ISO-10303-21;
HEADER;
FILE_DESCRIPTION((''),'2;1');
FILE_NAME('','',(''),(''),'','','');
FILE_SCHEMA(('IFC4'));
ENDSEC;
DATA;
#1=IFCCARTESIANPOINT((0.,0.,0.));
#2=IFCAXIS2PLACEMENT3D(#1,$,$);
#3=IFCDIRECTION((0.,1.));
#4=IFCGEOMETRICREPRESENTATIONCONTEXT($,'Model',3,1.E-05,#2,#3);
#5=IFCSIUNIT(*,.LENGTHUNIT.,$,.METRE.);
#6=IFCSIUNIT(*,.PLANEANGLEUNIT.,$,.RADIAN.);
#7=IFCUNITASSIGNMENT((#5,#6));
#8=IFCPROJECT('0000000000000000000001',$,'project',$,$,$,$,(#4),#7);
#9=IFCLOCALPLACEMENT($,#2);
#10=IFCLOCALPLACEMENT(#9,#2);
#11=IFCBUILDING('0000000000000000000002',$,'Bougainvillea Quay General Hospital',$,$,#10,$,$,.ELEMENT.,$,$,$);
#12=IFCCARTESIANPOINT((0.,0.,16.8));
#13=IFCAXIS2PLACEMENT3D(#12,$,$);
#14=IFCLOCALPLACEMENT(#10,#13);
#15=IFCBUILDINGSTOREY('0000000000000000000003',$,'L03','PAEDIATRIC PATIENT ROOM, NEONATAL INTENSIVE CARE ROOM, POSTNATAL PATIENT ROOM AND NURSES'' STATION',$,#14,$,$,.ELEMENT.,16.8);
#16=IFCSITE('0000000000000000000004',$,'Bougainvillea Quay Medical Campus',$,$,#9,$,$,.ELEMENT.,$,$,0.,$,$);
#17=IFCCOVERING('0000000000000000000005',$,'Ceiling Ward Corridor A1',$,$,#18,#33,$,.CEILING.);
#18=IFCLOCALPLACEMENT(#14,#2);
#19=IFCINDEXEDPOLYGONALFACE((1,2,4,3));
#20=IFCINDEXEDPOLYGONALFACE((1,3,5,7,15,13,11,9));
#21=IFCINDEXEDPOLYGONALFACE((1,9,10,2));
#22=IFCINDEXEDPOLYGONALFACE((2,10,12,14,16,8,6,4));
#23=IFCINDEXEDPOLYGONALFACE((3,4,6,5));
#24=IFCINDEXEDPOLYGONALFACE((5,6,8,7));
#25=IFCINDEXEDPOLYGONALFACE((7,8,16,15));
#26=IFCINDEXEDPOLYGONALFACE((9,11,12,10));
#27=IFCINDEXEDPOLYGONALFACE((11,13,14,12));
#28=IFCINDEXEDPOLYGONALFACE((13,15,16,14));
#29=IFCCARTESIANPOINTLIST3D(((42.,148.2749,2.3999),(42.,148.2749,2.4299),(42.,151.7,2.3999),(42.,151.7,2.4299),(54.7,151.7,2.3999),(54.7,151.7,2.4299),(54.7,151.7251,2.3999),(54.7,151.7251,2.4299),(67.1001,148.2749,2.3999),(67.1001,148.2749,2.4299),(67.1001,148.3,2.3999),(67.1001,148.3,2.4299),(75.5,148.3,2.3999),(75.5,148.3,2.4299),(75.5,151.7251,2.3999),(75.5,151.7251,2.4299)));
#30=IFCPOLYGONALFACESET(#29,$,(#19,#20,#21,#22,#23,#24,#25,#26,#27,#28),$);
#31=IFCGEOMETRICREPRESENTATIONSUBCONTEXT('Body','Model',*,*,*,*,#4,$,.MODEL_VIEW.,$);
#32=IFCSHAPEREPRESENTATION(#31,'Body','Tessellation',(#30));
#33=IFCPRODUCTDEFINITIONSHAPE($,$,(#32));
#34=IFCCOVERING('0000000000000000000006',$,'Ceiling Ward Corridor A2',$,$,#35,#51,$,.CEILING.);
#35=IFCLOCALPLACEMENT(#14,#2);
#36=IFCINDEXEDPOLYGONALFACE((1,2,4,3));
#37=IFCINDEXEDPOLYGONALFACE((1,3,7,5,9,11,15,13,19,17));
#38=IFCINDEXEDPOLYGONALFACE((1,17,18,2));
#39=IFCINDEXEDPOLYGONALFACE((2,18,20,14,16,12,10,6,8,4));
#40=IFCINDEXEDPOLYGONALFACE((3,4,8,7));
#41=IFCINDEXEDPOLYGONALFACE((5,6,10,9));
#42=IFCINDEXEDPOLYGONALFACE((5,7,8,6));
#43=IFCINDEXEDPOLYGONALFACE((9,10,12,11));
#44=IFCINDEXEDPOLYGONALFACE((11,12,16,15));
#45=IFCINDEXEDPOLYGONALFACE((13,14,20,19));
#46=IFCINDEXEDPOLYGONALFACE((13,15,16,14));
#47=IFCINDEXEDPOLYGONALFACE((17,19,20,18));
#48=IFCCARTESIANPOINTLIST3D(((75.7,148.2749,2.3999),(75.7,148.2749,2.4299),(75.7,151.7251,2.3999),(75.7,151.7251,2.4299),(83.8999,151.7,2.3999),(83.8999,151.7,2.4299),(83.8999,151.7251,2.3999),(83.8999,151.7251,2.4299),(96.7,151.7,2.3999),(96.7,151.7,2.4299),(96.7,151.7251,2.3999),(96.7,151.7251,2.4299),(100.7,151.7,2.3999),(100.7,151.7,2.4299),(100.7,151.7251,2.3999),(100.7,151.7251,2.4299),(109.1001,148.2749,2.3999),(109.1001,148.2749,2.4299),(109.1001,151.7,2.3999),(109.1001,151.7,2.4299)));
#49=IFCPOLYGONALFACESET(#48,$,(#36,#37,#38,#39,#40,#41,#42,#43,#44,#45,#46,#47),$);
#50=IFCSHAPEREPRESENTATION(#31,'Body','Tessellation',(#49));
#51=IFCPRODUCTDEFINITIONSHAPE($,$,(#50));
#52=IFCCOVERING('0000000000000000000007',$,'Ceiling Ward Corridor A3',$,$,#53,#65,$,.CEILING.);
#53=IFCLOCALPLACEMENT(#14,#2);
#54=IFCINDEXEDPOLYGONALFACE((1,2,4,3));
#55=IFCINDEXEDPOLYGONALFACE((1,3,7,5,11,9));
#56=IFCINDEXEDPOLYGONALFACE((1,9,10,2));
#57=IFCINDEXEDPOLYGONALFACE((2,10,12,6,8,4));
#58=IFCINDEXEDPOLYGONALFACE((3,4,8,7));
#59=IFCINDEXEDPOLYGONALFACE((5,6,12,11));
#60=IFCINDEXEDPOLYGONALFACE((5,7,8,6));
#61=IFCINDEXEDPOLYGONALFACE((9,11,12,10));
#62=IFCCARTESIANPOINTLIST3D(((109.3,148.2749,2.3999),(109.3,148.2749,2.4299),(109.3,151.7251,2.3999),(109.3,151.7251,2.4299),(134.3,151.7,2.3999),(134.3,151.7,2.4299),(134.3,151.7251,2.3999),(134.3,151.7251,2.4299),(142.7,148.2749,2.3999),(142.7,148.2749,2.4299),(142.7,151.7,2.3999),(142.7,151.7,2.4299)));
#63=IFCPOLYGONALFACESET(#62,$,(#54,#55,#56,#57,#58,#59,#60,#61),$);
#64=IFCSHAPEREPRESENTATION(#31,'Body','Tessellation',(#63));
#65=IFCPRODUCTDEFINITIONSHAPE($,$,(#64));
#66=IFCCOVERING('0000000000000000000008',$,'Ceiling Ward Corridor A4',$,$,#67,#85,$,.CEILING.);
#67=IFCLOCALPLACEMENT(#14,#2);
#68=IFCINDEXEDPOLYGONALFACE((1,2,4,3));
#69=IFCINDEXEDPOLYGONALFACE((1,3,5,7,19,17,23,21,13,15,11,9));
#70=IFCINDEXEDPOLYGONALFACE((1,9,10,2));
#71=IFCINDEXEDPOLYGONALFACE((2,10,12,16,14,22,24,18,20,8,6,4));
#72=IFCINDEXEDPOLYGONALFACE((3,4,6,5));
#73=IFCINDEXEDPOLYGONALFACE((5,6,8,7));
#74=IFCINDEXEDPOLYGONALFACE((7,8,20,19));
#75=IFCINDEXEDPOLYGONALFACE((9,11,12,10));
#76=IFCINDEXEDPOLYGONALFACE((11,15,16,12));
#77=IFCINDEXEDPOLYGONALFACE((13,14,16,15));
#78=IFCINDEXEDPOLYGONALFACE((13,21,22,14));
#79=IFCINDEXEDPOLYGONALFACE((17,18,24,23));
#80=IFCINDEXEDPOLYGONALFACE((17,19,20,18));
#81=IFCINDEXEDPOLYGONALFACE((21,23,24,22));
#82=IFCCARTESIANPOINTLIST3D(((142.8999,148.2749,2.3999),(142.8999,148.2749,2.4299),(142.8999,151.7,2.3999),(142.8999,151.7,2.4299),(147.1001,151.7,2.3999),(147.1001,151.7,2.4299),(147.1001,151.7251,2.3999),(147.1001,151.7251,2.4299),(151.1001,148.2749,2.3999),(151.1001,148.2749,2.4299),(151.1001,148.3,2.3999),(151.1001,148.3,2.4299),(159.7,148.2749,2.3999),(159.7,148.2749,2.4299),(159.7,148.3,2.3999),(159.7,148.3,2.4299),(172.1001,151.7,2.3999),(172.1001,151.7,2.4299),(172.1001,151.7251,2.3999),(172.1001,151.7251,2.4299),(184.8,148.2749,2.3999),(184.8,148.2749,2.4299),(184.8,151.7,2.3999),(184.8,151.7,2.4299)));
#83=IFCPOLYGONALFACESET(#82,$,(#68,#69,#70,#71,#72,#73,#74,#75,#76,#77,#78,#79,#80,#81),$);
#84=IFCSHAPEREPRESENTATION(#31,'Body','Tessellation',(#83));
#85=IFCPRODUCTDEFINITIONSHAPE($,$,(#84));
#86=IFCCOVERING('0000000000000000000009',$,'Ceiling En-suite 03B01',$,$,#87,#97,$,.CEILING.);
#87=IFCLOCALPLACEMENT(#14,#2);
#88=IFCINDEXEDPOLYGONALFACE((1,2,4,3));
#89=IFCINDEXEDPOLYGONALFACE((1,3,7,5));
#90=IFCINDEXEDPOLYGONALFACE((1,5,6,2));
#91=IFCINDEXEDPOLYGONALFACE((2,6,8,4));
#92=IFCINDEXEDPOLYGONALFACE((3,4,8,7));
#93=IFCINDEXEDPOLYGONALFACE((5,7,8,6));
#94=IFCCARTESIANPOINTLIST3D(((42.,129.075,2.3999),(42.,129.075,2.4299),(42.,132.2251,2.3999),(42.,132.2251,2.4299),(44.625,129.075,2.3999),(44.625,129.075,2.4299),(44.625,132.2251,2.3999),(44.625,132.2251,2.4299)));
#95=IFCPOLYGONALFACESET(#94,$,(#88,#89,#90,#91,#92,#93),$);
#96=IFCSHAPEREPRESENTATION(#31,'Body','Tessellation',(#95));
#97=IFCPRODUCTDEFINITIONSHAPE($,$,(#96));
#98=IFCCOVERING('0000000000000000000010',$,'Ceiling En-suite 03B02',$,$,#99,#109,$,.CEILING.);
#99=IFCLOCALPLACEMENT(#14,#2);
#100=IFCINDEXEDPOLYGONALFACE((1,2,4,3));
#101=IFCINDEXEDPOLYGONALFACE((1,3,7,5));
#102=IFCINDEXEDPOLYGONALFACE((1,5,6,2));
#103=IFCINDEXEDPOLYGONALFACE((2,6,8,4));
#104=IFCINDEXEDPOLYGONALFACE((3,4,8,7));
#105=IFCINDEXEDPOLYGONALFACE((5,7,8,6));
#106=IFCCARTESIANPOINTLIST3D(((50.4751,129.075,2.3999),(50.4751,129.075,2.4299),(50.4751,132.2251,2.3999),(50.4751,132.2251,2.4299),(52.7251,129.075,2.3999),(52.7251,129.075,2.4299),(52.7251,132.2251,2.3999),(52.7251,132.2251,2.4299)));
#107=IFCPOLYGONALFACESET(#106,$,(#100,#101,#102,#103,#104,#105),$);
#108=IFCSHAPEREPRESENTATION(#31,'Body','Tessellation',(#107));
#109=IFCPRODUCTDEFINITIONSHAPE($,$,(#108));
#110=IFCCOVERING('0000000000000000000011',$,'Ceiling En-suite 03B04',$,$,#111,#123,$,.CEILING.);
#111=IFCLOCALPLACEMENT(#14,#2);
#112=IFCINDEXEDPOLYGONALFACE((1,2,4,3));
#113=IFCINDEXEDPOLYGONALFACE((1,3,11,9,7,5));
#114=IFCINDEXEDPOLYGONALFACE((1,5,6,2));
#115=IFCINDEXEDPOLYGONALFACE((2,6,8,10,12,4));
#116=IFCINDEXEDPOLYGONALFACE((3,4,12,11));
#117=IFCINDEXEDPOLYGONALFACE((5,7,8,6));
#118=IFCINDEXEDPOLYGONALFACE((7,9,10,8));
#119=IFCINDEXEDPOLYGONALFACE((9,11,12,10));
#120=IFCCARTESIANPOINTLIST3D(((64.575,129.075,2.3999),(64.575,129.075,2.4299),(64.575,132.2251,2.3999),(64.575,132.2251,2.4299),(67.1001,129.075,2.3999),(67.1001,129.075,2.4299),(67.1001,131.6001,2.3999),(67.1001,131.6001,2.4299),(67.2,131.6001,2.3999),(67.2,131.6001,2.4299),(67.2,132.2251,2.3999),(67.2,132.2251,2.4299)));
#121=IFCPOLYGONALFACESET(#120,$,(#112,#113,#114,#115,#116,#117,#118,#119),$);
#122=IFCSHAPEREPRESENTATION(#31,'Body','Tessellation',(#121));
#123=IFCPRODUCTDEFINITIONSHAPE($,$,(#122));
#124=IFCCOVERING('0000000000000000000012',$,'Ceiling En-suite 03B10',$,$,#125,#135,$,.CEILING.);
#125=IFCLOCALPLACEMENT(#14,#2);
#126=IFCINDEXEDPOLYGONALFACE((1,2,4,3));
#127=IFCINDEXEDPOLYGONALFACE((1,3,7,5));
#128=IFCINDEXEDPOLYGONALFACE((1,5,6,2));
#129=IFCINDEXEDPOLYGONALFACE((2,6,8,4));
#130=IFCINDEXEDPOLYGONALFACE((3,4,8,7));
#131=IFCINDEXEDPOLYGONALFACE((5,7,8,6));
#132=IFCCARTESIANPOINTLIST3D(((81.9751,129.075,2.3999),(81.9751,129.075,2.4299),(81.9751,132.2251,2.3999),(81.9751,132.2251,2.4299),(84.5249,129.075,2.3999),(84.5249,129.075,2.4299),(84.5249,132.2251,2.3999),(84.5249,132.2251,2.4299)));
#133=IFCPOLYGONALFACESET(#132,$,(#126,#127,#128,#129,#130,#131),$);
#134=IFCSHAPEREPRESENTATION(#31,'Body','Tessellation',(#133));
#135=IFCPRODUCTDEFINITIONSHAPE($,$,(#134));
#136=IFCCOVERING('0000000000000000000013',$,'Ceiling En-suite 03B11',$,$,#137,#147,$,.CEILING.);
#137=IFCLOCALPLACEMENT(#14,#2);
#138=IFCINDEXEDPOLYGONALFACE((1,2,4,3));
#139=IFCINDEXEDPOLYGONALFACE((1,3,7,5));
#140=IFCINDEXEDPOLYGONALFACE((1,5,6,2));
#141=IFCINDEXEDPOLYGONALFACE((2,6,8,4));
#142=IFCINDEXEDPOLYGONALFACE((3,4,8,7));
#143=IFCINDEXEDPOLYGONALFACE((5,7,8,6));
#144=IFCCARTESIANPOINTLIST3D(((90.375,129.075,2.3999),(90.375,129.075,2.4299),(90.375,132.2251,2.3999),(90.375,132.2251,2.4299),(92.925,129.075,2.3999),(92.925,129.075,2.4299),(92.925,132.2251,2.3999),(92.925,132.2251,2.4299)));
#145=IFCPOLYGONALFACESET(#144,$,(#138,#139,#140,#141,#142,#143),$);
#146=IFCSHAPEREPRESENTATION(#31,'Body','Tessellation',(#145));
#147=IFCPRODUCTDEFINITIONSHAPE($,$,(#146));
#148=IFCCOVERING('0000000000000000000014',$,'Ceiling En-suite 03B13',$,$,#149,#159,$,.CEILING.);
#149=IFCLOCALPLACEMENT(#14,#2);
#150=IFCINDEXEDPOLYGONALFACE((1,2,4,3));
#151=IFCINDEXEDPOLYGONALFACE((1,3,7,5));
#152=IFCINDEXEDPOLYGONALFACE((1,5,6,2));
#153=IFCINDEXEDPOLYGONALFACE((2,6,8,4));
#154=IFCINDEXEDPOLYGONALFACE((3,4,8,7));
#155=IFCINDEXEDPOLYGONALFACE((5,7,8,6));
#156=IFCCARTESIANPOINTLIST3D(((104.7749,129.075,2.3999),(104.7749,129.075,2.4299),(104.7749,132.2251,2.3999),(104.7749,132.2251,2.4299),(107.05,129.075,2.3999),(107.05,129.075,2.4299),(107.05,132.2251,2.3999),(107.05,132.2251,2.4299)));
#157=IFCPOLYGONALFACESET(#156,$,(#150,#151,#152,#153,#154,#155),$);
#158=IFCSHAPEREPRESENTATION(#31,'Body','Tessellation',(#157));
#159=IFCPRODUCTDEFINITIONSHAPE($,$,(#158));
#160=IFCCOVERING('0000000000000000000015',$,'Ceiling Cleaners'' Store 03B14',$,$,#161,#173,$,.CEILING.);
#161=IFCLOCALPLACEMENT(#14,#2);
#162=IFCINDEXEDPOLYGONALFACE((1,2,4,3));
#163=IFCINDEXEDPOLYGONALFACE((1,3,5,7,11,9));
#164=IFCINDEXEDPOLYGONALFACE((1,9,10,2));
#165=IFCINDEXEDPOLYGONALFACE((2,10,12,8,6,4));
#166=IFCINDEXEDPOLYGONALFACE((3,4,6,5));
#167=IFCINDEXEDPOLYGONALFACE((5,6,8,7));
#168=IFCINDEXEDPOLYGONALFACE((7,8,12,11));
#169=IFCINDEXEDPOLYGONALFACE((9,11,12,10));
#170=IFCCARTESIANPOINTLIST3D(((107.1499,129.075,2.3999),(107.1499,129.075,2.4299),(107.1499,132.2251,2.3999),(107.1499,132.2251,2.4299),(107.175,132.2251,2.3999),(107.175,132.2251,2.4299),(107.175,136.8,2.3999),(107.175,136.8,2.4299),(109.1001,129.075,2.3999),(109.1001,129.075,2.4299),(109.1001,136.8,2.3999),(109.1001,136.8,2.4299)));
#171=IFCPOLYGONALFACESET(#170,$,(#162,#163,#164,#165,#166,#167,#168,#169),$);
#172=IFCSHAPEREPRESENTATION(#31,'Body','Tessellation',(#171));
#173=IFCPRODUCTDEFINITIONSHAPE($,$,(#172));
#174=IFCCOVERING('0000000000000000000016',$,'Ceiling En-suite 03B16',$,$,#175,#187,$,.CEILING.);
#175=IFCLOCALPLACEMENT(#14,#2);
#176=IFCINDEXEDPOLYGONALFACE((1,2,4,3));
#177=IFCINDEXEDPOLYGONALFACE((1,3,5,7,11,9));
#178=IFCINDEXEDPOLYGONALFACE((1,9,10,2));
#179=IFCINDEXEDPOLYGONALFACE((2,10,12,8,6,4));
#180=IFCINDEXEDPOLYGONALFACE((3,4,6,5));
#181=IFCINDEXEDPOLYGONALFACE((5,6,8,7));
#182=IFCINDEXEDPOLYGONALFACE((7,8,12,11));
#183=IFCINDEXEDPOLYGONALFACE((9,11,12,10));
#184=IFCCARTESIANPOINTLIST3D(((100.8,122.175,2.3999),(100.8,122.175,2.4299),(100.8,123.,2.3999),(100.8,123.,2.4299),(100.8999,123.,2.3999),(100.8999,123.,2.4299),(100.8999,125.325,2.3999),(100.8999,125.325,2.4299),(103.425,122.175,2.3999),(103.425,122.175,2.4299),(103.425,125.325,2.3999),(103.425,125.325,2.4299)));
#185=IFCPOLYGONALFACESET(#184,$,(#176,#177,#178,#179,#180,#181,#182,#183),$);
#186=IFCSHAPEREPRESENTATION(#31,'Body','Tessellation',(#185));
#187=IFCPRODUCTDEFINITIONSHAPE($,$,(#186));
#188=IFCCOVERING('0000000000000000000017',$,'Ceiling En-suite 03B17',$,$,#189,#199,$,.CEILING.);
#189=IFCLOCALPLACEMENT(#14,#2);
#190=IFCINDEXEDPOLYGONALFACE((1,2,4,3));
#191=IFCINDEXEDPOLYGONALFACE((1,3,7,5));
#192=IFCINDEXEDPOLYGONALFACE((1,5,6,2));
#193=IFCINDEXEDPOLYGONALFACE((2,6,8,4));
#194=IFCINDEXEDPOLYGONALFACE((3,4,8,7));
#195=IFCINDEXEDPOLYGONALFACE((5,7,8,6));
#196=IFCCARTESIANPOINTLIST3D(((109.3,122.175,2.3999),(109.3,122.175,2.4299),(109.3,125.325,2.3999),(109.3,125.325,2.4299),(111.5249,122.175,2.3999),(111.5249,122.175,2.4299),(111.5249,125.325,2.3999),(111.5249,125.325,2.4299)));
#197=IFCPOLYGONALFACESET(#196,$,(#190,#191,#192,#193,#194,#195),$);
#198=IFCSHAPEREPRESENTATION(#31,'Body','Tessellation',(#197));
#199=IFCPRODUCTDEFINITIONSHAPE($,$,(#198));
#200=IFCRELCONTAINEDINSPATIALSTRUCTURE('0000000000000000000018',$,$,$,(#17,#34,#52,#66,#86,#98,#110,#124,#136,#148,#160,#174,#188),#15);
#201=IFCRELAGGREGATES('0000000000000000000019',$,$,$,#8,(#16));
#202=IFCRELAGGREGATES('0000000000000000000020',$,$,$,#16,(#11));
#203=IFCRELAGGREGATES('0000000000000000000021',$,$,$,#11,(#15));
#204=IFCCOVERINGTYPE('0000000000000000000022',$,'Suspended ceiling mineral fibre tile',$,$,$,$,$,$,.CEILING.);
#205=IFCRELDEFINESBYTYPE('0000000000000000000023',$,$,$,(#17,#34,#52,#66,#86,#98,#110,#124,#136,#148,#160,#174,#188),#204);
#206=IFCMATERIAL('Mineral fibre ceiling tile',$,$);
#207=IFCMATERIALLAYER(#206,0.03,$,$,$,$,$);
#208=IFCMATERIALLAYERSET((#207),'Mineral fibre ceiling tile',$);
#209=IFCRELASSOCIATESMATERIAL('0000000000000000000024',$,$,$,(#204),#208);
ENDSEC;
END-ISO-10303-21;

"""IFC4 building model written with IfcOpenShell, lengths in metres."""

from ifc_helpers import new_model, si_unit, direction, frame, origin, place, context, subcontext, project, spatial, polyline, outline, extrude, material, layer, layer_set, type_object, element, save


model = new_model("IFC4")

# Units and contexts
model_context = context("Model", 3, precision=1e-05, world=origin(), true_north=direction((0.0, 1.0)))
body_context = subcontext(model_context, "Body", "Model", "MODEL_VIEW")
ifc_project = project(units=[si_unit("LENGTHUNIT", "METRE"), si_unit("PLANEANGLEUNIT", "RADIAN")], contexts=[model_context])

# Site, building, storey
site_placement = place(None, origin())
site = spatial("IfcSite", under=ifc_project, at=site_placement, Name="Bougainvillea Quay Medical Campus", CompositionType="ELEMENT", RefElevation=0.0)
building_placement = place(site_placement, origin())
building = spatial("IfcBuilding", under=site, at=building_placement, Name="Bougainvillea Quay General Hospital", CompositionType="ELEMENT")
storey_placement = place(building_placement, frame((0.0, 0.0, 16.8)))
storey = spatial("IfcBuildingStorey", under=building, at=storey_placement, Name="L03", Description="PAEDIATRIC PATIENT ROOM, NEONATAL INTENSIVE CARE ROOM, POSTNATAL PATIENT ROOM AND NURSES' STATION", CompositionType="ELEMENT", Elevation=16.8)

# Coverings
ifc_material = material(Name="Mineral fibre ceiling tile")
ifc_layer = layer(ifc_material, 0.03)
ifc_layer_set = layer_set([ifc_layer], Name="Mineral fibre ceiling tile")
covering_type = type_object("IfcCoveringType", Name="Suspended ceiling mineral fibre tile", PredefinedType="CEILING", material=ifc_layer_set)
covering_1_placement = place(storey_placement, frame((0.0, 0.0, 2.3999)))
element("IfcCovering", 1, at=covering_1_placement, inside=storey, type_object=covering_type, Name="Ceiling Ward Corridor A1", PredefinedType="CEILING", context=body_context, shape_type="SweptSolid", body=[
    extrude(outline(polyline([(42.0, 148.2749), (67.1001, 148.2749), (67.1001, 148.3), (75.5, 148.3), (75.5, 151.7251), (54.7, 151.7251), (54.7, 151.7), (42.0, 151.7), (42.0, 148.2749)])), origin(), (0.0, 0.0, 1.0), 0.03),
])
covering_2_placement = place(storey_placement, frame((0.0, 0.0, 2.3999)))
element("IfcCovering", 2, at=covering_2_placement, inside=storey, type_object=covering_type, Name="Ceiling Ward Corridor A2", PredefinedType="CEILING", context=body_context, shape_type="SweptSolid", body=[
    extrude(outline(polyline([(96.7, 151.7), (83.8999, 151.7), (83.8999, 151.7251), (75.7, 151.7251), (75.7, 148.2749), (109.1001, 148.2749), (109.1001, 151.7), (100.7, 151.7), (100.7, 151.7251), (96.7, 151.7251), (96.7, 151.7)])), origin(), (0.0, 0.0, 1.0), 0.03),
])
covering_3_placement = place(storey_placement, frame((0.0, 0.0, 2.3999)))
element("IfcCovering", 3, at=covering_3_placement, inside=storey, type_object=covering_type, Name="Ceiling Ward Corridor A3", PredefinedType="CEILING", context=body_context, shape_type="SweptSolid", body=[
    extrude(outline(polyline([(134.3, 151.7251), (109.3, 151.7251), (109.3, 148.2749), (142.7, 148.2749), (142.7, 151.7), (134.3, 151.7), (134.3, 151.7251)])), origin(), (0.0, 0.0, 1.0), 0.03),
])
covering_4_placement = place(storey_placement, frame((0.0, 0.0, 2.3999)))
element("IfcCovering", 4, at=covering_4_placement, inside=storey, type_object=covering_type, Name="Ceiling Ward Corridor A4", PredefinedType="CEILING", context=body_context, shape_type="SweptSolid", body=[
    extrude(outline(polyline([(184.8, 151.7), (172.1001, 151.7), (172.1001, 151.7251), (147.1001, 151.7251), (147.1001, 151.7), (142.8999, 151.7), (142.8999, 148.2749), (151.1001, 148.2749), (151.1001, 148.3), (159.7, 148.3), (159.7, 148.2749), (184.8, 148.2749), (184.8, 151.7)])), origin(), (0.0, 0.0, 1.0), 0.03),
])
covering_5_placement = place(storey_placement, frame((0.0, 0.0, 2.3999)))
element("IfcCovering", 5, at=covering_5_placement, inside=storey, type_object=covering_type, Name="Ceiling En-suite 03B01", PredefinedType="CEILING", context=body_context, shape_type="SweptSolid", body=[
    extrude(outline(polyline([(42.0, 129.075), (44.625, 129.075), (44.625, 132.2251), (42.0, 132.2251), (42.0, 129.075)])), origin(), (0.0, 0.0, 1.0), 0.03),
])
covering_6_placement = place(storey_placement, frame((0.0, 0.0, 2.3999)))
element("IfcCovering", 6, at=covering_6_placement, inside=storey, type_object=covering_type, Name="Ceiling En-suite 03B02", PredefinedType="CEILING", context=body_context, shape_type="SweptSolid", body=[
    extrude(outline(polyline([(52.7251, 132.2251), (50.4751, 132.2251), (50.4751, 129.075), (52.7251, 129.075), (52.7251, 132.2251)])), origin(), (0.0, 0.0, 1.0), 0.03),
])
covering_7_placement = place(storey_placement, frame((0.0, 0.0, 2.3999)))
element("IfcCovering", 7, at=covering_7_placement, inside=storey, type_object=covering_type, Name="Ceiling En-suite 03B04", PredefinedType="CEILING", context=body_context, shape_type="SweptSolid", body=[
    extrude(outline(polyline([(67.2, 132.2251), (64.575, 132.2251), (64.575, 129.075), (67.1001, 129.075), (67.1001, 131.6001), (67.2, 131.6001), (67.2, 132.2251)])), origin(), (0.0, 0.0, 1.0), 0.03),
])
covering_8_placement = place(storey_placement, frame((0.0, 0.0, 2.3999)))
element("IfcCovering", 8, at=covering_8_placement, inside=storey, type_object=covering_type, Name="Ceiling En-suite 03B10", PredefinedType="CEILING", context=body_context, shape_type="SweptSolid", body=[
    extrude(outline(polyline([(81.9751, 132.2251), (81.9751, 129.075), (84.5249, 129.075), (84.5249, 132.2251), (81.9751, 132.2251)])), origin(), (0.0, 0.0, 1.0), 0.03),
])
covering_9_placement = place(storey_placement, frame((0.0, 0.0, 2.3999)))
element("IfcCovering", 9, at=covering_9_placement, inside=storey, type_object=covering_type, Name="Ceiling En-suite 03B11", PredefinedType="CEILING", context=body_context, shape_type="SweptSolid", body=[
    extrude(outline(polyline([(90.375, 132.2251), (90.375, 129.075), (92.925, 129.075), (92.925, 132.2251), (90.375, 132.2251)])), origin(), (0.0, 0.0, 1.0), 0.03),
])
covering_10_placement = place(storey_placement, frame((0.0, 0.0, 2.3999)))
element("IfcCovering", 10, at=covering_10_placement, inside=storey, type_object=covering_type, Name="Ceiling En-suite 03B13", PredefinedType="CEILING", context=body_context, shape_type="SweptSolid", body=[
    extrude(outline(polyline([(104.7749, 132.2251), (104.7749, 129.075), (107.05, 129.075), (107.05, 132.2251), (104.7749, 132.2251)])), origin(), (0.0, 0.0, 1.0), 0.03),
])
covering_11_placement = place(storey_placement, frame((0.0, 0.0, 2.3999)))
element("IfcCovering", 11, at=covering_11_placement, inside=storey, type_object=covering_type, Name="Ceiling Cleaners' Store 03B14", PredefinedType="CEILING", context=body_context, shape_type="SweptSolid", body=[
    extrude(outline(polyline([(107.175, 136.8), (107.175, 132.2251), (107.1499, 132.2251), (107.1499, 129.075), (109.1001, 129.075), (109.1001, 136.8), (107.175, 136.8)])), origin(), (0.0, 0.0, 1.0), 0.03),
])
covering_12_placement = place(storey_placement, frame((0.0, 0.0, 2.3999)))
element("IfcCovering", 12, at=covering_12_placement, inside=storey, type_object=covering_type, Name="Ceiling En-suite 03B16", PredefinedType="CEILING", context=body_context, shape_type="SweptSolid", body=[
    extrude(outline(polyline([(100.8, 122.175), (103.425, 122.175), (103.425, 125.325), (100.8999, 125.325), (100.8999, 123.0), (100.8, 123.0), (100.8, 122.175)])), origin(), (0.0, 0.0, 1.0), 0.03),
])
covering_13_placement = place(storey_placement, frame((0.0, 0.0, 2.3999)))
element("IfcCovering", 13, at=covering_13_placement, inside=storey, type_object=covering_type, Name="Ceiling En-suite 03B17", PredefinedType="CEILING", context=body_context, shape_type="SweptSolid", body=[
    extrude(outline(polyline([(111.5249, 125.325), (109.3, 125.325), (109.3, 122.175), (111.5249, 122.175), (111.5249, 125.325)])), origin(), (0.0, 0.0, 1.0), 0.03),
])

save(model, "model.ifc")
